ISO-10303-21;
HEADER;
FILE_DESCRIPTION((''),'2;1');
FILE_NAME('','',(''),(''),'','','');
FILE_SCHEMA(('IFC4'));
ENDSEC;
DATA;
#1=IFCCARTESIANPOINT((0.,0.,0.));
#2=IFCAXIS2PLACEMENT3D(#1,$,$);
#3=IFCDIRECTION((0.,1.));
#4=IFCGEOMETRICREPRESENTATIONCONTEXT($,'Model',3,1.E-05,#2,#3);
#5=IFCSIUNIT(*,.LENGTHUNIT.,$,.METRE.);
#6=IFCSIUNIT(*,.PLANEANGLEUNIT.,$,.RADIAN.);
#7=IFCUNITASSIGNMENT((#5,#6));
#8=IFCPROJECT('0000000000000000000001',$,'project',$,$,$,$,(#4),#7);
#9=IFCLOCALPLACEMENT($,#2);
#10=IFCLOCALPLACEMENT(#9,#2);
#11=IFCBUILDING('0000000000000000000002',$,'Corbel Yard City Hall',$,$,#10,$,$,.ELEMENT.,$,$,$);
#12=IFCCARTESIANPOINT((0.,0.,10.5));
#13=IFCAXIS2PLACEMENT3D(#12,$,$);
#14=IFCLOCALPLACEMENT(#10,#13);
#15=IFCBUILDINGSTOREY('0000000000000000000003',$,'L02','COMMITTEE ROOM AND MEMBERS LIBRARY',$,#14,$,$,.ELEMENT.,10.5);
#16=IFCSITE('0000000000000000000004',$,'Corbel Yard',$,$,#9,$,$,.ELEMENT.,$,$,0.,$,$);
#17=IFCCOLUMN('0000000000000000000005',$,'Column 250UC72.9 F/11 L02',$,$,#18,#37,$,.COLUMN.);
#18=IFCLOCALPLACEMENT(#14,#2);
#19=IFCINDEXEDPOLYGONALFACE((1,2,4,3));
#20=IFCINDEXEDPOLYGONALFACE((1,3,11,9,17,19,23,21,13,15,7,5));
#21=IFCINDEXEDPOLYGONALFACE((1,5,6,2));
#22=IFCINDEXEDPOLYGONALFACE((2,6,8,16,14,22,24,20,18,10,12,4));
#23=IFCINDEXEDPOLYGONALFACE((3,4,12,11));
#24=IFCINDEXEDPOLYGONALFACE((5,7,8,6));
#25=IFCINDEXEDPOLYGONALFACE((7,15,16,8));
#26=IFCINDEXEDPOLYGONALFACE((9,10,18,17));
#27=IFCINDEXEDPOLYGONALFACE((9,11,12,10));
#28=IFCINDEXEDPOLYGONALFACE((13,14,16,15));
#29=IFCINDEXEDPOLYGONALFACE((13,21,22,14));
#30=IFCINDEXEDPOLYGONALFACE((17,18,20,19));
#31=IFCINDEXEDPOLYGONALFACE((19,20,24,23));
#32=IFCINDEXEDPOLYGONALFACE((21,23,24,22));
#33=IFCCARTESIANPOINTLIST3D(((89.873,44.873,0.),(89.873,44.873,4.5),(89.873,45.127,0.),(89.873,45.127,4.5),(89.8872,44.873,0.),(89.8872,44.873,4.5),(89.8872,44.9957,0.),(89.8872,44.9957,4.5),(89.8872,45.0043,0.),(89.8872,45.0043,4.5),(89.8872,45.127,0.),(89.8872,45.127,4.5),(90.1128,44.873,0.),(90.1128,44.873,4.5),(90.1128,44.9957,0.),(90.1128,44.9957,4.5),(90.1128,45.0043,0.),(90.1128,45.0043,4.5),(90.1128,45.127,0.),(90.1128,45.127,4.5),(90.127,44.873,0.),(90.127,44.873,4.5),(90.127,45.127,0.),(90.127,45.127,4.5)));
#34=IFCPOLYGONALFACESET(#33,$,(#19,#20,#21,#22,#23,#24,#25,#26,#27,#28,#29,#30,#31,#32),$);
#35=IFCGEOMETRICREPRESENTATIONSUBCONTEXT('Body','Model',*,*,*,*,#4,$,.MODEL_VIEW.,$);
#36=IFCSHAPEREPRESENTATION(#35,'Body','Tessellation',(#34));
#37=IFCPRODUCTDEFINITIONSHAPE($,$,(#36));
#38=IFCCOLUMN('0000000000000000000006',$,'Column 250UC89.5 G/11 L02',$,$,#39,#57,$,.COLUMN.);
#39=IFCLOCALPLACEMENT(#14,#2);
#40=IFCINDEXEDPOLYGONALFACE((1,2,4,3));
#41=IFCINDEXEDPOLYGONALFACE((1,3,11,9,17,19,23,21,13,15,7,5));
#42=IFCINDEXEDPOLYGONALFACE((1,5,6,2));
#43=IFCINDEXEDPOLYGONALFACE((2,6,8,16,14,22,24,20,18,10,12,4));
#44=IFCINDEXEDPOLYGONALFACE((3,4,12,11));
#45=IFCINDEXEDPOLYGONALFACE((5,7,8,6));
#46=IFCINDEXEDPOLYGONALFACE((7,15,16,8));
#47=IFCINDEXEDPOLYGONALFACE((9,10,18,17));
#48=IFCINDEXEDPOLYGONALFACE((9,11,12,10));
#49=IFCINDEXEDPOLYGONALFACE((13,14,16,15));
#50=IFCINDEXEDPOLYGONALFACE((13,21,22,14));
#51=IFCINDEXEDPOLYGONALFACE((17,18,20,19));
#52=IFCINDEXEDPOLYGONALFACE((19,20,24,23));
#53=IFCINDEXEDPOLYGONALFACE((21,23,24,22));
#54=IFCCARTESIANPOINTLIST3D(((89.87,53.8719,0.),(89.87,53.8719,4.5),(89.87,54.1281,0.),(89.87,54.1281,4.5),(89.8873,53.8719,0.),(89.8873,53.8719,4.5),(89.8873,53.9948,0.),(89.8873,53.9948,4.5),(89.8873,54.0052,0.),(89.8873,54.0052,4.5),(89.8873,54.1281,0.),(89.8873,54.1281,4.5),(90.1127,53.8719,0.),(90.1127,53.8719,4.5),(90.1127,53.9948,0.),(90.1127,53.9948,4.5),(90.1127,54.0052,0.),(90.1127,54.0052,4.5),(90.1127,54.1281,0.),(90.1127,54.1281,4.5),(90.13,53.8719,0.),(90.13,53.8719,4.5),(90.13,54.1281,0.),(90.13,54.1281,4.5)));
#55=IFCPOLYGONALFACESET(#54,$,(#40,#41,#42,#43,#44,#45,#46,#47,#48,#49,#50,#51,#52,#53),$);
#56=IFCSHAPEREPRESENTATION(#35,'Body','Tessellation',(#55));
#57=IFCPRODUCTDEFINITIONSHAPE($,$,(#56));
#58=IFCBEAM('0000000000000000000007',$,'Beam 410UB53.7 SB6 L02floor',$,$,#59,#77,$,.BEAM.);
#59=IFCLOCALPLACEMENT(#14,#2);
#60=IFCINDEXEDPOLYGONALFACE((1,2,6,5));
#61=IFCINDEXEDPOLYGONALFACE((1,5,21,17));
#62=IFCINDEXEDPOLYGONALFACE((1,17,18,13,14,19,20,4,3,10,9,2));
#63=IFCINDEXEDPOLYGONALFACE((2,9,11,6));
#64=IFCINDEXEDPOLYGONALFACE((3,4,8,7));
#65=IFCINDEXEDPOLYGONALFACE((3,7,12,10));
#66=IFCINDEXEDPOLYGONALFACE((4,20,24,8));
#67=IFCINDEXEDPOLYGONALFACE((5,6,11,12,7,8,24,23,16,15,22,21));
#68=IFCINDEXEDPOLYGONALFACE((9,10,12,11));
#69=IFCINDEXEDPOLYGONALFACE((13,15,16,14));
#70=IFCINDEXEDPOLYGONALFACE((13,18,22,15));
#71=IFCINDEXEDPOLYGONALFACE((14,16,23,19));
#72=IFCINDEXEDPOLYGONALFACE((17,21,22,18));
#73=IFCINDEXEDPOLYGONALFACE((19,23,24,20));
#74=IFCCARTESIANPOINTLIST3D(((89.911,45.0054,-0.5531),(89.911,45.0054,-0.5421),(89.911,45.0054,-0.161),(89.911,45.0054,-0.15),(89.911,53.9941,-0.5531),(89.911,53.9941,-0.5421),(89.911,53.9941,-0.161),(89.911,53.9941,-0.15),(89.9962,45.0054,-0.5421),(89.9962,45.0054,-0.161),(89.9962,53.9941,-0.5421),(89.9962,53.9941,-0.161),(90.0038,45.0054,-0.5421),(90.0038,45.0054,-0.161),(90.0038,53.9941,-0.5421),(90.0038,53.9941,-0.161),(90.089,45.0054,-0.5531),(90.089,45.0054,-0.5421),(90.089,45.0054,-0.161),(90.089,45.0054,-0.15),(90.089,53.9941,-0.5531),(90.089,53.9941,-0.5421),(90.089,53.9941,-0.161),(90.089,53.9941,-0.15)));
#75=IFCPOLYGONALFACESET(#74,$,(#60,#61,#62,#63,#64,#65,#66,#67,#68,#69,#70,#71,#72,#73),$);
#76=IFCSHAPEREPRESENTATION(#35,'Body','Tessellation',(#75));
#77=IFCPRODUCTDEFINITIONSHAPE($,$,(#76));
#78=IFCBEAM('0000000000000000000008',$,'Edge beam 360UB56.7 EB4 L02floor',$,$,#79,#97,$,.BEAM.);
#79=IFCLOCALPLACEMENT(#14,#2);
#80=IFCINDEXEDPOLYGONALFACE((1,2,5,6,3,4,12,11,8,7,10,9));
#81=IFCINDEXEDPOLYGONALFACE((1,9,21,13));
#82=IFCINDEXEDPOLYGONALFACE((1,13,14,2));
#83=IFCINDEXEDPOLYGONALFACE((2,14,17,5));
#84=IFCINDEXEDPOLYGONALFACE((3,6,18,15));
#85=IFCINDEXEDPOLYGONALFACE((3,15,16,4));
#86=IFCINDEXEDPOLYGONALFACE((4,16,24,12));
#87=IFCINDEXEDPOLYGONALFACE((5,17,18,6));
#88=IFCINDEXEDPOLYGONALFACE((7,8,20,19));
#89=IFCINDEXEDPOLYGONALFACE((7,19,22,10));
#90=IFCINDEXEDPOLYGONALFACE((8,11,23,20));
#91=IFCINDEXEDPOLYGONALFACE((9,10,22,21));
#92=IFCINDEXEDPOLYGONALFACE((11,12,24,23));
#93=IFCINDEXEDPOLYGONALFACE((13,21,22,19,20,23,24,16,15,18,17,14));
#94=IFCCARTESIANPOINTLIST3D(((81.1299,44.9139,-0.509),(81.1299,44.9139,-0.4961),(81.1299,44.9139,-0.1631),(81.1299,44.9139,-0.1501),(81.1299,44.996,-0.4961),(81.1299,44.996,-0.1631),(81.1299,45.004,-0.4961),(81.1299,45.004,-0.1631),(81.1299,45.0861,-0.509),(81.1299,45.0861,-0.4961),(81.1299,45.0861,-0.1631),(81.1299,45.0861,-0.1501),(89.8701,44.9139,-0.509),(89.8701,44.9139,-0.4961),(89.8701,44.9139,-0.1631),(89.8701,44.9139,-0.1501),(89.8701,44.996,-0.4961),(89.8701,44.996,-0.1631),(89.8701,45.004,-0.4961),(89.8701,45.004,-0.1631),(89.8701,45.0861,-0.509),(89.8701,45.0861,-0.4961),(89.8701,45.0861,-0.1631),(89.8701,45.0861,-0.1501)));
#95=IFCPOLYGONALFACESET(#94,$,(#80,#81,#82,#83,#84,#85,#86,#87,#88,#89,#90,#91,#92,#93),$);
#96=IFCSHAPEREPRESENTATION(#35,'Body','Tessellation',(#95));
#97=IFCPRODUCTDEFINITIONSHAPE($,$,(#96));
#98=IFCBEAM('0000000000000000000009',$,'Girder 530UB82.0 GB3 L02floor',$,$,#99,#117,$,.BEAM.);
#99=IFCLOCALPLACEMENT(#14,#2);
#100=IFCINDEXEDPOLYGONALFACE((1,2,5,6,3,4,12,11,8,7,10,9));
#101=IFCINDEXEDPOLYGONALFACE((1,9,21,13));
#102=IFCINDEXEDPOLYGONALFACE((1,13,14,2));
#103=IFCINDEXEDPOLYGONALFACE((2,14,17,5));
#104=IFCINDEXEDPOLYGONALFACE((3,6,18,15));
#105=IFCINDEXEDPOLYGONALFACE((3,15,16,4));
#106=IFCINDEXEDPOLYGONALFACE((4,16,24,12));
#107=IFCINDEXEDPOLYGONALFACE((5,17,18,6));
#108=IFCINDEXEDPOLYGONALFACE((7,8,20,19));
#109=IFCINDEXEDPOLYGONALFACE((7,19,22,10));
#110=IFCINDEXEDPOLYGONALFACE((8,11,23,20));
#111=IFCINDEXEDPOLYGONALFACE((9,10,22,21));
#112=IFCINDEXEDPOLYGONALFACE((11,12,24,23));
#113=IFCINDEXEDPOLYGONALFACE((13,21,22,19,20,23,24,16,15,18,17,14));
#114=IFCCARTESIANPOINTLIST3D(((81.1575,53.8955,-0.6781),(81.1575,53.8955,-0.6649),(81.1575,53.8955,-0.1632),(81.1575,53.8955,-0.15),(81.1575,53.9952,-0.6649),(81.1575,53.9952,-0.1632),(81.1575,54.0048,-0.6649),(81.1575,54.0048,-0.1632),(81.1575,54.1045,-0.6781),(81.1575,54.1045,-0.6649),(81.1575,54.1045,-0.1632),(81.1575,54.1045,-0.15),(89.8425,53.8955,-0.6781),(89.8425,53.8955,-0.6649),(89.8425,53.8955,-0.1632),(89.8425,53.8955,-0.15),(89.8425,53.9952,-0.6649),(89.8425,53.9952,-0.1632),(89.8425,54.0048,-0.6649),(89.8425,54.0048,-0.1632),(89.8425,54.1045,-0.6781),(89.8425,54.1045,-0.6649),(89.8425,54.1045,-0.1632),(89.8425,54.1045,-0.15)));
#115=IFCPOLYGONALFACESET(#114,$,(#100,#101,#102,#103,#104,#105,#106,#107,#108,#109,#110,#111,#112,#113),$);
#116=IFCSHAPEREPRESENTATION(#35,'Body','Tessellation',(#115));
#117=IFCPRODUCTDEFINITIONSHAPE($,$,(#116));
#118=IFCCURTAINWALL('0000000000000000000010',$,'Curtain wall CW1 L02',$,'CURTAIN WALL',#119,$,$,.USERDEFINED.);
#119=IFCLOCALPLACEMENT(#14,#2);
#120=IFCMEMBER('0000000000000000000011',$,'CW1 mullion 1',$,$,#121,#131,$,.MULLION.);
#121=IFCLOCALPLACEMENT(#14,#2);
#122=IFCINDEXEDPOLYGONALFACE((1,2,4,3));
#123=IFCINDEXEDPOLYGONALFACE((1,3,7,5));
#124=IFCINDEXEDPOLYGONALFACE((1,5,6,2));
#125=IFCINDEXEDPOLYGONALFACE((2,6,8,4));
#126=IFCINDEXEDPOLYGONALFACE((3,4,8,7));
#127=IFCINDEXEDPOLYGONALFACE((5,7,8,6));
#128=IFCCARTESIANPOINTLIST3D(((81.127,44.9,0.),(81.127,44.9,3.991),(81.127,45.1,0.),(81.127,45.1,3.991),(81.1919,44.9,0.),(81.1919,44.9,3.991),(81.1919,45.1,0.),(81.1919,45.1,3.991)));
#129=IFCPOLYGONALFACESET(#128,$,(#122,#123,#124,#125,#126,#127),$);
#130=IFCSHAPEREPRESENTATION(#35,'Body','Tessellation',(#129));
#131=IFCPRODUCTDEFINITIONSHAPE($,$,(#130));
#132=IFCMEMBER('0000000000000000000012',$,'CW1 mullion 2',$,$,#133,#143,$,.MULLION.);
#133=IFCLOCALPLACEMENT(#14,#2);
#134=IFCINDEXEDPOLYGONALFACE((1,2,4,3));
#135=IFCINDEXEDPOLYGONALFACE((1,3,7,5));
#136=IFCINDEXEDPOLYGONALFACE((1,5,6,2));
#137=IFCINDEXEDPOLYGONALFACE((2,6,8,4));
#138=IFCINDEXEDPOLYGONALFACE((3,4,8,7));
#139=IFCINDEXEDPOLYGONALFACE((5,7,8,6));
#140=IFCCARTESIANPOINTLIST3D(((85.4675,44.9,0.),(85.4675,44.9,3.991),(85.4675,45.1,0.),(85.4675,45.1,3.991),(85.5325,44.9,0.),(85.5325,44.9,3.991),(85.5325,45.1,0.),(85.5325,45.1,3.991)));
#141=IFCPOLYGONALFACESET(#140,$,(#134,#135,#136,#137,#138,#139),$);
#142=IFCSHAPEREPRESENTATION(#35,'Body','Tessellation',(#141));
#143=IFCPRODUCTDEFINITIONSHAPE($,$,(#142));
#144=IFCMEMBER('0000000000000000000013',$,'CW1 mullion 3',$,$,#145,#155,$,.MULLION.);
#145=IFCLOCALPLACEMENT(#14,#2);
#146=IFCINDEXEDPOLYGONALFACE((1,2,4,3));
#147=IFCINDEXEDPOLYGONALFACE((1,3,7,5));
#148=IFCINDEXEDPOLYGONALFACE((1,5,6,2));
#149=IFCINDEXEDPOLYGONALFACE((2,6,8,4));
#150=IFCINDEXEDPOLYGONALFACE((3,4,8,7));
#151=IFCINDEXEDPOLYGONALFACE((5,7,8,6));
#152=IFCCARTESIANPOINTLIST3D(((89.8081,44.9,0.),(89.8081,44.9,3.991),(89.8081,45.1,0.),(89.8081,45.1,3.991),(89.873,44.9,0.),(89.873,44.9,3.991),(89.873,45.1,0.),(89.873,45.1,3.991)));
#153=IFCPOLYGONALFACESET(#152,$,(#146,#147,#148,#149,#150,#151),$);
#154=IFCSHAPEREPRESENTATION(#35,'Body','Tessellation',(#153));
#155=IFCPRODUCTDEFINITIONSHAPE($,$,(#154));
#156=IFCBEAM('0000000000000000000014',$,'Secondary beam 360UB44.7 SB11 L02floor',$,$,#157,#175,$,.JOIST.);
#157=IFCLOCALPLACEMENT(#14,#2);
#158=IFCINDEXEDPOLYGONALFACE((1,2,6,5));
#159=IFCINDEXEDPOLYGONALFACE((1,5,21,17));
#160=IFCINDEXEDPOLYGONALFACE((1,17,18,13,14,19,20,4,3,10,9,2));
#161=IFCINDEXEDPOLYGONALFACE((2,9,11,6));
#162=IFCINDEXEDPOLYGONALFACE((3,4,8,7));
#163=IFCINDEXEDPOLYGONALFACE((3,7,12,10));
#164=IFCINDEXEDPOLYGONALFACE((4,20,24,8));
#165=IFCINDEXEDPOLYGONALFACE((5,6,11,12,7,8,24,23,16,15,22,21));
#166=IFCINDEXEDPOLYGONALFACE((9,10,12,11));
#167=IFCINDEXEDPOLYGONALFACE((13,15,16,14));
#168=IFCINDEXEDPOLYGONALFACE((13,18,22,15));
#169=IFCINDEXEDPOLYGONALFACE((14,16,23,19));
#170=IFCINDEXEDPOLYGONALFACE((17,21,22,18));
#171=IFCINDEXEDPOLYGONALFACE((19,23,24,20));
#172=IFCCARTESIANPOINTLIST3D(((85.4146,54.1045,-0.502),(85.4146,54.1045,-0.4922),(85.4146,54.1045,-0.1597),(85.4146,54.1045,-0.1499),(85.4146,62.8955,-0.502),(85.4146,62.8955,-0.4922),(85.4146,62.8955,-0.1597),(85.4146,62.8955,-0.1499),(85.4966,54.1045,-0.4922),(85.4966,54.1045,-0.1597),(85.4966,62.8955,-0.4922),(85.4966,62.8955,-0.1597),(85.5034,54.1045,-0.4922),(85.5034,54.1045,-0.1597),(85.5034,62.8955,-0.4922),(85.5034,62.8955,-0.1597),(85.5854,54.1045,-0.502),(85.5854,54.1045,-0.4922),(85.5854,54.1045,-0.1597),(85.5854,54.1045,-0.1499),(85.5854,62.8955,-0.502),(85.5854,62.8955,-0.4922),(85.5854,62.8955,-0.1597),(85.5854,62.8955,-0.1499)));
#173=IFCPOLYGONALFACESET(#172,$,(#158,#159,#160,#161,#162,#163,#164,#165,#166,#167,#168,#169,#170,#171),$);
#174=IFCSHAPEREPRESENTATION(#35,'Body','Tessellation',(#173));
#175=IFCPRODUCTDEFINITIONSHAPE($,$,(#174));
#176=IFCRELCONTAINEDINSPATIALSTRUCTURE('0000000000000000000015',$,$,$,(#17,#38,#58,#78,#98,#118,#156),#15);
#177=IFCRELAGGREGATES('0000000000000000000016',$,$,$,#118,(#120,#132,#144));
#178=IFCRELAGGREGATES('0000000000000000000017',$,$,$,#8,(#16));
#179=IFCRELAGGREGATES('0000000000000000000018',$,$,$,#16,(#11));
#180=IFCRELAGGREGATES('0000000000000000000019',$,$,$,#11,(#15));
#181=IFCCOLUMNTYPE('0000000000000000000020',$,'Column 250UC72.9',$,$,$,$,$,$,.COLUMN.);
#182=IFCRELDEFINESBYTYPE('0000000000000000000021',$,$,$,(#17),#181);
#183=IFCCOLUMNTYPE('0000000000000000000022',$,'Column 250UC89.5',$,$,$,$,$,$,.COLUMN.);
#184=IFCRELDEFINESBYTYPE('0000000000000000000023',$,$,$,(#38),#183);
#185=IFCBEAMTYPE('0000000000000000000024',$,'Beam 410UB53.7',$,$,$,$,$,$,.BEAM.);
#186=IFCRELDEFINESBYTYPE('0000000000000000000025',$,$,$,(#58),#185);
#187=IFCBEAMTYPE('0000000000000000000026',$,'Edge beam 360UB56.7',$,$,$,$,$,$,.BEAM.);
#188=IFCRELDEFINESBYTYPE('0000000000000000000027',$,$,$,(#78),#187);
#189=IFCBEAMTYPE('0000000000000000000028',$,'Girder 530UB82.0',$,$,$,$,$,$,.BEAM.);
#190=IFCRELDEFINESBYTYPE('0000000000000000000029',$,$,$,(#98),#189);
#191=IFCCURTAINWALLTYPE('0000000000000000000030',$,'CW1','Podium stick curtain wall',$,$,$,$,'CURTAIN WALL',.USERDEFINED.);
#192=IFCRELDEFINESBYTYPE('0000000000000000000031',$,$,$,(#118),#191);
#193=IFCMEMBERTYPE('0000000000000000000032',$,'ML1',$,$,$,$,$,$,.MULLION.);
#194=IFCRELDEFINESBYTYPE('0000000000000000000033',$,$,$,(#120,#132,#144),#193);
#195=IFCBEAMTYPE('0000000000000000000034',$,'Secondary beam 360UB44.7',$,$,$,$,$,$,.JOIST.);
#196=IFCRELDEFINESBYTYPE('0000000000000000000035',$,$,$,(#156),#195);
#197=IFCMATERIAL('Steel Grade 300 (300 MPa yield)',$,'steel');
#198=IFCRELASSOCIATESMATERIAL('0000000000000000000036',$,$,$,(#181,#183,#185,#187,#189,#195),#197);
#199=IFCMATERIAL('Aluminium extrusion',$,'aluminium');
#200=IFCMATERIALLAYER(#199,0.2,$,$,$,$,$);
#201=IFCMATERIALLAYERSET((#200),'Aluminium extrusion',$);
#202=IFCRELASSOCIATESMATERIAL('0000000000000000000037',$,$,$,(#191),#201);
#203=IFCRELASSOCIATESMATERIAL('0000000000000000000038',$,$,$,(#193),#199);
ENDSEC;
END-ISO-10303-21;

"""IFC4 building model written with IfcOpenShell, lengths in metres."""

from ifc_helpers import new_model, si_unit, direction, frame, origin, origin_2d, place, context, subcontext, project, spatial, rectangle, i_section, extrude, material, layer, layer_set, material_profile, profile_set, type_object, element, aggregate, save


model = new_model("IFC4")

# Units and contexts
model_context = context("Model", 3, precision=1e-05, world=origin(), true_north=direction((0.0, 1.0)))
body_context = subcontext(model_context, "Body", "Model", "MODEL_VIEW")
ifc_project = project(units=[si_unit("LENGTHUNIT", "METRE"), si_unit("PLANEANGLEUNIT", "RADIAN")], contexts=[model_context])

# Site, building, storey
site_placement = place(None, origin())
site = spatial("IfcSite", under=ifc_project, at=site_placement, Name="Corbel Yard", CompositionType="ELEMENT", RefElevation=0.0)
building_placement = place(site_placement, origin())
building = spatial("IfcBuilding", under=site, at=building_placement, Name="Corbel Yard City Hall", CompositionType="ELEMENT")
storey_placement = place(building_placement, frame((0.0, 0.0, 10.5)))
storey = spatial("IfcBuildingStorey", under=building, at=storey_placement, Name="L02", Description="COMMITTEE ROOM AND MEMBERS LIBRARY", CompositionType="ELEMENT", Elevation=10.5)

# Columns
ifc_material_1 = material(Name="Steel Grade 300 (300 MPa yield)", Category="steel")
ifc_material_profile_1 = material_profile(ifc_material_1, i_section(OverallWidth=0.2539, OverallDepth=0.2539, WebThickness=0.0085, FlangeThickness=0.0142, at=origin_2d()), Name="250UC72.9")
ifc_profile_set_1 = profile_set([ifc_material_profile_1], Name="Steel Grade 300 (300 MPa yield)")
column_type_1 = type_object("IfcColumnType", Name="Column 250UC72.9", PredefinedType="COLUMN", material=ifc_profile_set_1)
column_1_placement = place(storey_placement, frame((90.0, 45.0, 0.0), z_axis=(0.0, 0.0, 1.0), x_axis=(0.0, 1.0, 0.0)))
element("IfcColumn", 1, at=column_1_placement, inside=storey, type_object=column_type_1, Name="Column 250UC72.9 F/11 L02", PredefinedType="COLUMN", context=body_context, shape_type="SweptSolid", body=[
    extrude(i_section(OverallWidth=0.2539, OverallDepth=0.2539, WebThickness=0.0085, FlangeThickness=0.0142, at=origin_2d()), origin(), (0.0, 0.0, 1.0), 4.5),
])
ifc_material_profile_2 = material_profile(ifc_material_1, i_section(OverallWidth=0.2561, OverallDepth=0.26, WebThickness=0.0105, FlangeThickness=0.0173, at=origin_2d()), Name="250UC89.5")
ifc_profile_set_2 = profile_set([ifc_material_profile_2], Name="Steel Grade 300 (300 MPa yield)")
column_type_2 = type_object("IfcColumnType", Name="Column 250UC89.5", PredefinedType="COLUMN", material=ifc_profile_set_2)
column_2_placement = place(storey_placement, frame((90.0, 54.0, 0.0), z_axis=(0.0, 0.0, 1.0), x_axis=(0.0, 1.0, 0.0)))
element("IfcColumn", 2, at=column_2_placement, inside=storey, type_object=column_type_2, Name="Column 250UC89.5 G/11 L02", PredefinedType="COLUMN", context=body_context, shape_type="SweptSolid", body=[
    extrude(i_section(OverallWidth=0.2561, OverallDepth=0.26, WebThickness=0.0105, FlangeThickness=0.0173, at=origin_2d()), origin(), (0.0, 0.0, 1.0), 4.5),
])

# Beams
ifc_material_profile_3 = material_profile(ifc_material_1, i_section(OverallWidth=0.178, OverallDepth=0.4031, WebThickness=0.0076, FlangeThickness=0.011, at=origin_2d()), Name="410UB53.7")
ifc_profile_set_3 = profile_set([ifc_material_profile_3], Name="Steel Grade 300 (300 MPa yield)")
beam_type_1 = type_object("IfcBeamType", Name="Beam 410UB53.7", PredefinedType="BEAM", material=ifc_profile_set_3)
beam_1_placement = place(storey_placement, frame((90.0, 45.0054, -0.3516), z_axis=(0.0, 1.0, 0.0), x_axis=(-1.0, 0.0, 0.0)))
element("IfcBeam", 3, at=beam_1_placement, inside=storey, type_object=beam_type_1, Name="Beam 410UB53.7 SB6 L02floor", PredefinedType="BEAM", context=body_context, shape_type="SweptSolid", body=[
    extrude(i_section(OverallWidth=0.178, OverallDepth=0.4031, WebThickness=0.0076, FlangeThickness=0.011, at=origin_2d()), origin(), (0.0, 0.0, 1.0), 8.9888),
])
ifc_material_profile_4 = material_profile(ifc_material_1, i_section(OverallWidth=0.1721, OverallDepth=0.3589, WebThickness=0.0081, FlangeThickness=0.0129, at=origin_2d()), Name="360UB56.7")
ifc_profile_set_4 = profile_set([ifc_material_profile_4], Name="Steel Grade 300 (300 MPa yield)")
beam_type_2 = type_object("IfcBeamType", Name="Edge beam 360UB56.7", PredefinedType="BEAM", material=ifc_profile_set_4)
beam_2_placement = place(storey_placement, frame((81.1299, 45.0, -0.3296), z_axis=(1.0, 0.0, 0.0), x_axis=(0.0, 1.0, 0.0)))
element("IfcBeam", 4, at=beam_2_placement, inside=storey, type_object=beam_type_2, Name="Edge beam 360UB56.7 EB4 L02floor", PredefinedType="BEAM", context=body_context, shape_type="SweptSolid", body=[
    extrude(i_section(OverallWidth=0.1721, OverallDepth=0.3589, WebThickness=0.0081, FlangeThickness=0.0129, at=origin_2d()), origin(), (0.0, 0.0, 1.0), 8.7402),
])
ifc_material_profile_5 = material_profile(ifc_material_1, i_section(OverallWidth=0.209, OverallDepth=0.5281, WebThickness=0.0095, FlangeThickness=0.0132, at=origin_2d()), Name="530UB82.0")
ifc_profile_set_5 = profile_set([ifc_material_profile_5], Name="Steel Grade 300 (300 MPa yield)")
beam_type_3 = type_object("IfcBeamType", Name="Girder 530UB82.0", PredefinedType="BEAM", material=ifc_profile_set_5)
beam_3_placement = place(storey_placement, frame((81.1575, 54.0, -0.4141), z_axis=(1.0, 0.0, 0.0), x_axis=(0.0, 1.0, 0.0)))
element("IfcBeam", 5, at=beam_3_placement, inside=storey, type_object=beam_type_3, Name="Girder 530UB82.0 GB3 L02floor", PredefinedType="BEAM", context=body_context, shape_type="SweptSolid", body=[
    extrude(i_section(OverallWidth=0.209, OverallDepth=0.5281, WebThickness=0.0095, FlangeThickness=0.0132, at=origin_2d()), origin(), (0.0, 0.0, 1.0), 8.6851),
])

# Curtain wall, members
ifc_material_2 = material(Name="Aluminium extrusion", Category="aluminium")
ifc_layer_1 = layer(ifc_material_2, 0.2)
ifc_layer_set_1 = layer_set([ifc_layer_1], Name="Aluminium extrusion")
curtain_wall_type = type_object("IfcCurtainWallType", Name="CW1", Description="Podium stick curtain wall", ElementType="CURTAIN WALL", PredefinedType="USERDEFINED", material=ifc_layer_set_1)
curtain_wall_placement = place(storey_placement, origin())
curtain_wall = element("IfcCurtainWall", 6, at=curtain_wall_placement, inside=storey, type_object=curtain_wall_type, Name="Curtain wall CW1 L02", ObjectType="CURTAIN WALL", PredefinedType="USERDEFINED")
ifc_material_profile_6 = material_profile(ifc_material_2, rectangle(XDim=0.2, YDim=0.0649, at=origin_2d()), Name="200x65")
ifc_profile_set_6 = profile_set([ifc_material_profile_6], Name="Aluminium extrusion")
member_type_1 = type_object("IfcMemberType", Name="ML1", PredefinedType="MULLION", material=ifc_profile_set_6)
member_1_placement = place(storey_placement, frame((81.1594, 45.0, 0.0), z_axis=(0.0, 0.0, 1.0), x_axis=(0.0, 1.0, 0.0)))
member_1 = element("IfcMember", 7, at=member_1_placement, type_object=member_type_1, Name="CW1 mullion 1", PredefinedType="MULLION", context=body_context, shape_type="SweptSolid", body=[
    extrude(rectangle(XDim=0.2, YDim=0.0649, at=origin_2d()), origin(), (0.0, 0.0, 1.0), 3.991),
])
member_2_placement = place(storey_placement, frame((85.5, 45.0, 0.0), z_axis=(0.0, 0.0, 1.0), x_axis=(0.0, 1.0, 0.0)))
member_2 = element("IfcMember", 8, at=member_2_placement, type_object=member_type_1, Name="CW1 mullion 2", PredefinedType="MULLION", context=body_context, shape_type="SweptSolid", body=[
    extrude(rectangle(XDim=0.2, YDim=0.0649, at=origin_2d()), origin(), (0.0, 0.0, 1.0), 3.991),
])
member_3_placement = place(storey_placement, frame((89.8406, 45.0, 0.0), z_axis=(0.0, 0.0, 1.0), x_axis=(0.0, 1.0, 0.0)))
member_3 = element("IfcMember", 9, at=member_3_placement, type_object=member_type_1, Name="CW1 mullion 3", PredefinedType="MULLION", context=body_context, shape_type="SweptSolid", body=[
    extrude(rectangle(XDim=0.2, YDim=0.0649, at=origin_2d()), origin(), (0.0, 0.0, 1.0), 3.991),
])

# Beam
ifc_material_profile_7 = material_profile(ifc_material_1, i_section(OverallWidth=0.1709, OverallDepth=0.3521, WebThickness=0.0068, FlangeThickness=0.0098, at=origin_2d()), Name="360UB44.7")
ifc_profile_set_7 = profile_set([ifc_material_profile_7], Name="Steel Grade 300 (300 MPa yield)")
beam_type_4 = type_object("IfcBeamType", Name="Secondary beam 360UB44.7", PredefinedType="JOIST", material=ifc_profile_set_7)
beam_4_placement = place(storey_placement, frame((85.5, 54.1045, -0.3259), z_axis=(0.0, 1.0, 0.0), x_axis=(-1.0, 0.0, 0.0)))
element("IfcBeam", 10, at=beam_4_placement, inside=storey, type_object=beam_type_4, Name="Secondary beam 360UB44.7 SB11 L02floor", PredefinedType="JOIST", context=body_context, shape_type="SweptSolid", body=[
    extrude(i_section(OverallWidth=0.1709, OverallDepth=0.3521, WebThickness=0.0068, FlangeThickness=0.0098, at=origin_2d()), origin(), (0.0, 0.0, 1.0), 8.791),
])

aggregate(curtain_wall, [member_1, member_2, member_3])

save(model, "model.ifc")
